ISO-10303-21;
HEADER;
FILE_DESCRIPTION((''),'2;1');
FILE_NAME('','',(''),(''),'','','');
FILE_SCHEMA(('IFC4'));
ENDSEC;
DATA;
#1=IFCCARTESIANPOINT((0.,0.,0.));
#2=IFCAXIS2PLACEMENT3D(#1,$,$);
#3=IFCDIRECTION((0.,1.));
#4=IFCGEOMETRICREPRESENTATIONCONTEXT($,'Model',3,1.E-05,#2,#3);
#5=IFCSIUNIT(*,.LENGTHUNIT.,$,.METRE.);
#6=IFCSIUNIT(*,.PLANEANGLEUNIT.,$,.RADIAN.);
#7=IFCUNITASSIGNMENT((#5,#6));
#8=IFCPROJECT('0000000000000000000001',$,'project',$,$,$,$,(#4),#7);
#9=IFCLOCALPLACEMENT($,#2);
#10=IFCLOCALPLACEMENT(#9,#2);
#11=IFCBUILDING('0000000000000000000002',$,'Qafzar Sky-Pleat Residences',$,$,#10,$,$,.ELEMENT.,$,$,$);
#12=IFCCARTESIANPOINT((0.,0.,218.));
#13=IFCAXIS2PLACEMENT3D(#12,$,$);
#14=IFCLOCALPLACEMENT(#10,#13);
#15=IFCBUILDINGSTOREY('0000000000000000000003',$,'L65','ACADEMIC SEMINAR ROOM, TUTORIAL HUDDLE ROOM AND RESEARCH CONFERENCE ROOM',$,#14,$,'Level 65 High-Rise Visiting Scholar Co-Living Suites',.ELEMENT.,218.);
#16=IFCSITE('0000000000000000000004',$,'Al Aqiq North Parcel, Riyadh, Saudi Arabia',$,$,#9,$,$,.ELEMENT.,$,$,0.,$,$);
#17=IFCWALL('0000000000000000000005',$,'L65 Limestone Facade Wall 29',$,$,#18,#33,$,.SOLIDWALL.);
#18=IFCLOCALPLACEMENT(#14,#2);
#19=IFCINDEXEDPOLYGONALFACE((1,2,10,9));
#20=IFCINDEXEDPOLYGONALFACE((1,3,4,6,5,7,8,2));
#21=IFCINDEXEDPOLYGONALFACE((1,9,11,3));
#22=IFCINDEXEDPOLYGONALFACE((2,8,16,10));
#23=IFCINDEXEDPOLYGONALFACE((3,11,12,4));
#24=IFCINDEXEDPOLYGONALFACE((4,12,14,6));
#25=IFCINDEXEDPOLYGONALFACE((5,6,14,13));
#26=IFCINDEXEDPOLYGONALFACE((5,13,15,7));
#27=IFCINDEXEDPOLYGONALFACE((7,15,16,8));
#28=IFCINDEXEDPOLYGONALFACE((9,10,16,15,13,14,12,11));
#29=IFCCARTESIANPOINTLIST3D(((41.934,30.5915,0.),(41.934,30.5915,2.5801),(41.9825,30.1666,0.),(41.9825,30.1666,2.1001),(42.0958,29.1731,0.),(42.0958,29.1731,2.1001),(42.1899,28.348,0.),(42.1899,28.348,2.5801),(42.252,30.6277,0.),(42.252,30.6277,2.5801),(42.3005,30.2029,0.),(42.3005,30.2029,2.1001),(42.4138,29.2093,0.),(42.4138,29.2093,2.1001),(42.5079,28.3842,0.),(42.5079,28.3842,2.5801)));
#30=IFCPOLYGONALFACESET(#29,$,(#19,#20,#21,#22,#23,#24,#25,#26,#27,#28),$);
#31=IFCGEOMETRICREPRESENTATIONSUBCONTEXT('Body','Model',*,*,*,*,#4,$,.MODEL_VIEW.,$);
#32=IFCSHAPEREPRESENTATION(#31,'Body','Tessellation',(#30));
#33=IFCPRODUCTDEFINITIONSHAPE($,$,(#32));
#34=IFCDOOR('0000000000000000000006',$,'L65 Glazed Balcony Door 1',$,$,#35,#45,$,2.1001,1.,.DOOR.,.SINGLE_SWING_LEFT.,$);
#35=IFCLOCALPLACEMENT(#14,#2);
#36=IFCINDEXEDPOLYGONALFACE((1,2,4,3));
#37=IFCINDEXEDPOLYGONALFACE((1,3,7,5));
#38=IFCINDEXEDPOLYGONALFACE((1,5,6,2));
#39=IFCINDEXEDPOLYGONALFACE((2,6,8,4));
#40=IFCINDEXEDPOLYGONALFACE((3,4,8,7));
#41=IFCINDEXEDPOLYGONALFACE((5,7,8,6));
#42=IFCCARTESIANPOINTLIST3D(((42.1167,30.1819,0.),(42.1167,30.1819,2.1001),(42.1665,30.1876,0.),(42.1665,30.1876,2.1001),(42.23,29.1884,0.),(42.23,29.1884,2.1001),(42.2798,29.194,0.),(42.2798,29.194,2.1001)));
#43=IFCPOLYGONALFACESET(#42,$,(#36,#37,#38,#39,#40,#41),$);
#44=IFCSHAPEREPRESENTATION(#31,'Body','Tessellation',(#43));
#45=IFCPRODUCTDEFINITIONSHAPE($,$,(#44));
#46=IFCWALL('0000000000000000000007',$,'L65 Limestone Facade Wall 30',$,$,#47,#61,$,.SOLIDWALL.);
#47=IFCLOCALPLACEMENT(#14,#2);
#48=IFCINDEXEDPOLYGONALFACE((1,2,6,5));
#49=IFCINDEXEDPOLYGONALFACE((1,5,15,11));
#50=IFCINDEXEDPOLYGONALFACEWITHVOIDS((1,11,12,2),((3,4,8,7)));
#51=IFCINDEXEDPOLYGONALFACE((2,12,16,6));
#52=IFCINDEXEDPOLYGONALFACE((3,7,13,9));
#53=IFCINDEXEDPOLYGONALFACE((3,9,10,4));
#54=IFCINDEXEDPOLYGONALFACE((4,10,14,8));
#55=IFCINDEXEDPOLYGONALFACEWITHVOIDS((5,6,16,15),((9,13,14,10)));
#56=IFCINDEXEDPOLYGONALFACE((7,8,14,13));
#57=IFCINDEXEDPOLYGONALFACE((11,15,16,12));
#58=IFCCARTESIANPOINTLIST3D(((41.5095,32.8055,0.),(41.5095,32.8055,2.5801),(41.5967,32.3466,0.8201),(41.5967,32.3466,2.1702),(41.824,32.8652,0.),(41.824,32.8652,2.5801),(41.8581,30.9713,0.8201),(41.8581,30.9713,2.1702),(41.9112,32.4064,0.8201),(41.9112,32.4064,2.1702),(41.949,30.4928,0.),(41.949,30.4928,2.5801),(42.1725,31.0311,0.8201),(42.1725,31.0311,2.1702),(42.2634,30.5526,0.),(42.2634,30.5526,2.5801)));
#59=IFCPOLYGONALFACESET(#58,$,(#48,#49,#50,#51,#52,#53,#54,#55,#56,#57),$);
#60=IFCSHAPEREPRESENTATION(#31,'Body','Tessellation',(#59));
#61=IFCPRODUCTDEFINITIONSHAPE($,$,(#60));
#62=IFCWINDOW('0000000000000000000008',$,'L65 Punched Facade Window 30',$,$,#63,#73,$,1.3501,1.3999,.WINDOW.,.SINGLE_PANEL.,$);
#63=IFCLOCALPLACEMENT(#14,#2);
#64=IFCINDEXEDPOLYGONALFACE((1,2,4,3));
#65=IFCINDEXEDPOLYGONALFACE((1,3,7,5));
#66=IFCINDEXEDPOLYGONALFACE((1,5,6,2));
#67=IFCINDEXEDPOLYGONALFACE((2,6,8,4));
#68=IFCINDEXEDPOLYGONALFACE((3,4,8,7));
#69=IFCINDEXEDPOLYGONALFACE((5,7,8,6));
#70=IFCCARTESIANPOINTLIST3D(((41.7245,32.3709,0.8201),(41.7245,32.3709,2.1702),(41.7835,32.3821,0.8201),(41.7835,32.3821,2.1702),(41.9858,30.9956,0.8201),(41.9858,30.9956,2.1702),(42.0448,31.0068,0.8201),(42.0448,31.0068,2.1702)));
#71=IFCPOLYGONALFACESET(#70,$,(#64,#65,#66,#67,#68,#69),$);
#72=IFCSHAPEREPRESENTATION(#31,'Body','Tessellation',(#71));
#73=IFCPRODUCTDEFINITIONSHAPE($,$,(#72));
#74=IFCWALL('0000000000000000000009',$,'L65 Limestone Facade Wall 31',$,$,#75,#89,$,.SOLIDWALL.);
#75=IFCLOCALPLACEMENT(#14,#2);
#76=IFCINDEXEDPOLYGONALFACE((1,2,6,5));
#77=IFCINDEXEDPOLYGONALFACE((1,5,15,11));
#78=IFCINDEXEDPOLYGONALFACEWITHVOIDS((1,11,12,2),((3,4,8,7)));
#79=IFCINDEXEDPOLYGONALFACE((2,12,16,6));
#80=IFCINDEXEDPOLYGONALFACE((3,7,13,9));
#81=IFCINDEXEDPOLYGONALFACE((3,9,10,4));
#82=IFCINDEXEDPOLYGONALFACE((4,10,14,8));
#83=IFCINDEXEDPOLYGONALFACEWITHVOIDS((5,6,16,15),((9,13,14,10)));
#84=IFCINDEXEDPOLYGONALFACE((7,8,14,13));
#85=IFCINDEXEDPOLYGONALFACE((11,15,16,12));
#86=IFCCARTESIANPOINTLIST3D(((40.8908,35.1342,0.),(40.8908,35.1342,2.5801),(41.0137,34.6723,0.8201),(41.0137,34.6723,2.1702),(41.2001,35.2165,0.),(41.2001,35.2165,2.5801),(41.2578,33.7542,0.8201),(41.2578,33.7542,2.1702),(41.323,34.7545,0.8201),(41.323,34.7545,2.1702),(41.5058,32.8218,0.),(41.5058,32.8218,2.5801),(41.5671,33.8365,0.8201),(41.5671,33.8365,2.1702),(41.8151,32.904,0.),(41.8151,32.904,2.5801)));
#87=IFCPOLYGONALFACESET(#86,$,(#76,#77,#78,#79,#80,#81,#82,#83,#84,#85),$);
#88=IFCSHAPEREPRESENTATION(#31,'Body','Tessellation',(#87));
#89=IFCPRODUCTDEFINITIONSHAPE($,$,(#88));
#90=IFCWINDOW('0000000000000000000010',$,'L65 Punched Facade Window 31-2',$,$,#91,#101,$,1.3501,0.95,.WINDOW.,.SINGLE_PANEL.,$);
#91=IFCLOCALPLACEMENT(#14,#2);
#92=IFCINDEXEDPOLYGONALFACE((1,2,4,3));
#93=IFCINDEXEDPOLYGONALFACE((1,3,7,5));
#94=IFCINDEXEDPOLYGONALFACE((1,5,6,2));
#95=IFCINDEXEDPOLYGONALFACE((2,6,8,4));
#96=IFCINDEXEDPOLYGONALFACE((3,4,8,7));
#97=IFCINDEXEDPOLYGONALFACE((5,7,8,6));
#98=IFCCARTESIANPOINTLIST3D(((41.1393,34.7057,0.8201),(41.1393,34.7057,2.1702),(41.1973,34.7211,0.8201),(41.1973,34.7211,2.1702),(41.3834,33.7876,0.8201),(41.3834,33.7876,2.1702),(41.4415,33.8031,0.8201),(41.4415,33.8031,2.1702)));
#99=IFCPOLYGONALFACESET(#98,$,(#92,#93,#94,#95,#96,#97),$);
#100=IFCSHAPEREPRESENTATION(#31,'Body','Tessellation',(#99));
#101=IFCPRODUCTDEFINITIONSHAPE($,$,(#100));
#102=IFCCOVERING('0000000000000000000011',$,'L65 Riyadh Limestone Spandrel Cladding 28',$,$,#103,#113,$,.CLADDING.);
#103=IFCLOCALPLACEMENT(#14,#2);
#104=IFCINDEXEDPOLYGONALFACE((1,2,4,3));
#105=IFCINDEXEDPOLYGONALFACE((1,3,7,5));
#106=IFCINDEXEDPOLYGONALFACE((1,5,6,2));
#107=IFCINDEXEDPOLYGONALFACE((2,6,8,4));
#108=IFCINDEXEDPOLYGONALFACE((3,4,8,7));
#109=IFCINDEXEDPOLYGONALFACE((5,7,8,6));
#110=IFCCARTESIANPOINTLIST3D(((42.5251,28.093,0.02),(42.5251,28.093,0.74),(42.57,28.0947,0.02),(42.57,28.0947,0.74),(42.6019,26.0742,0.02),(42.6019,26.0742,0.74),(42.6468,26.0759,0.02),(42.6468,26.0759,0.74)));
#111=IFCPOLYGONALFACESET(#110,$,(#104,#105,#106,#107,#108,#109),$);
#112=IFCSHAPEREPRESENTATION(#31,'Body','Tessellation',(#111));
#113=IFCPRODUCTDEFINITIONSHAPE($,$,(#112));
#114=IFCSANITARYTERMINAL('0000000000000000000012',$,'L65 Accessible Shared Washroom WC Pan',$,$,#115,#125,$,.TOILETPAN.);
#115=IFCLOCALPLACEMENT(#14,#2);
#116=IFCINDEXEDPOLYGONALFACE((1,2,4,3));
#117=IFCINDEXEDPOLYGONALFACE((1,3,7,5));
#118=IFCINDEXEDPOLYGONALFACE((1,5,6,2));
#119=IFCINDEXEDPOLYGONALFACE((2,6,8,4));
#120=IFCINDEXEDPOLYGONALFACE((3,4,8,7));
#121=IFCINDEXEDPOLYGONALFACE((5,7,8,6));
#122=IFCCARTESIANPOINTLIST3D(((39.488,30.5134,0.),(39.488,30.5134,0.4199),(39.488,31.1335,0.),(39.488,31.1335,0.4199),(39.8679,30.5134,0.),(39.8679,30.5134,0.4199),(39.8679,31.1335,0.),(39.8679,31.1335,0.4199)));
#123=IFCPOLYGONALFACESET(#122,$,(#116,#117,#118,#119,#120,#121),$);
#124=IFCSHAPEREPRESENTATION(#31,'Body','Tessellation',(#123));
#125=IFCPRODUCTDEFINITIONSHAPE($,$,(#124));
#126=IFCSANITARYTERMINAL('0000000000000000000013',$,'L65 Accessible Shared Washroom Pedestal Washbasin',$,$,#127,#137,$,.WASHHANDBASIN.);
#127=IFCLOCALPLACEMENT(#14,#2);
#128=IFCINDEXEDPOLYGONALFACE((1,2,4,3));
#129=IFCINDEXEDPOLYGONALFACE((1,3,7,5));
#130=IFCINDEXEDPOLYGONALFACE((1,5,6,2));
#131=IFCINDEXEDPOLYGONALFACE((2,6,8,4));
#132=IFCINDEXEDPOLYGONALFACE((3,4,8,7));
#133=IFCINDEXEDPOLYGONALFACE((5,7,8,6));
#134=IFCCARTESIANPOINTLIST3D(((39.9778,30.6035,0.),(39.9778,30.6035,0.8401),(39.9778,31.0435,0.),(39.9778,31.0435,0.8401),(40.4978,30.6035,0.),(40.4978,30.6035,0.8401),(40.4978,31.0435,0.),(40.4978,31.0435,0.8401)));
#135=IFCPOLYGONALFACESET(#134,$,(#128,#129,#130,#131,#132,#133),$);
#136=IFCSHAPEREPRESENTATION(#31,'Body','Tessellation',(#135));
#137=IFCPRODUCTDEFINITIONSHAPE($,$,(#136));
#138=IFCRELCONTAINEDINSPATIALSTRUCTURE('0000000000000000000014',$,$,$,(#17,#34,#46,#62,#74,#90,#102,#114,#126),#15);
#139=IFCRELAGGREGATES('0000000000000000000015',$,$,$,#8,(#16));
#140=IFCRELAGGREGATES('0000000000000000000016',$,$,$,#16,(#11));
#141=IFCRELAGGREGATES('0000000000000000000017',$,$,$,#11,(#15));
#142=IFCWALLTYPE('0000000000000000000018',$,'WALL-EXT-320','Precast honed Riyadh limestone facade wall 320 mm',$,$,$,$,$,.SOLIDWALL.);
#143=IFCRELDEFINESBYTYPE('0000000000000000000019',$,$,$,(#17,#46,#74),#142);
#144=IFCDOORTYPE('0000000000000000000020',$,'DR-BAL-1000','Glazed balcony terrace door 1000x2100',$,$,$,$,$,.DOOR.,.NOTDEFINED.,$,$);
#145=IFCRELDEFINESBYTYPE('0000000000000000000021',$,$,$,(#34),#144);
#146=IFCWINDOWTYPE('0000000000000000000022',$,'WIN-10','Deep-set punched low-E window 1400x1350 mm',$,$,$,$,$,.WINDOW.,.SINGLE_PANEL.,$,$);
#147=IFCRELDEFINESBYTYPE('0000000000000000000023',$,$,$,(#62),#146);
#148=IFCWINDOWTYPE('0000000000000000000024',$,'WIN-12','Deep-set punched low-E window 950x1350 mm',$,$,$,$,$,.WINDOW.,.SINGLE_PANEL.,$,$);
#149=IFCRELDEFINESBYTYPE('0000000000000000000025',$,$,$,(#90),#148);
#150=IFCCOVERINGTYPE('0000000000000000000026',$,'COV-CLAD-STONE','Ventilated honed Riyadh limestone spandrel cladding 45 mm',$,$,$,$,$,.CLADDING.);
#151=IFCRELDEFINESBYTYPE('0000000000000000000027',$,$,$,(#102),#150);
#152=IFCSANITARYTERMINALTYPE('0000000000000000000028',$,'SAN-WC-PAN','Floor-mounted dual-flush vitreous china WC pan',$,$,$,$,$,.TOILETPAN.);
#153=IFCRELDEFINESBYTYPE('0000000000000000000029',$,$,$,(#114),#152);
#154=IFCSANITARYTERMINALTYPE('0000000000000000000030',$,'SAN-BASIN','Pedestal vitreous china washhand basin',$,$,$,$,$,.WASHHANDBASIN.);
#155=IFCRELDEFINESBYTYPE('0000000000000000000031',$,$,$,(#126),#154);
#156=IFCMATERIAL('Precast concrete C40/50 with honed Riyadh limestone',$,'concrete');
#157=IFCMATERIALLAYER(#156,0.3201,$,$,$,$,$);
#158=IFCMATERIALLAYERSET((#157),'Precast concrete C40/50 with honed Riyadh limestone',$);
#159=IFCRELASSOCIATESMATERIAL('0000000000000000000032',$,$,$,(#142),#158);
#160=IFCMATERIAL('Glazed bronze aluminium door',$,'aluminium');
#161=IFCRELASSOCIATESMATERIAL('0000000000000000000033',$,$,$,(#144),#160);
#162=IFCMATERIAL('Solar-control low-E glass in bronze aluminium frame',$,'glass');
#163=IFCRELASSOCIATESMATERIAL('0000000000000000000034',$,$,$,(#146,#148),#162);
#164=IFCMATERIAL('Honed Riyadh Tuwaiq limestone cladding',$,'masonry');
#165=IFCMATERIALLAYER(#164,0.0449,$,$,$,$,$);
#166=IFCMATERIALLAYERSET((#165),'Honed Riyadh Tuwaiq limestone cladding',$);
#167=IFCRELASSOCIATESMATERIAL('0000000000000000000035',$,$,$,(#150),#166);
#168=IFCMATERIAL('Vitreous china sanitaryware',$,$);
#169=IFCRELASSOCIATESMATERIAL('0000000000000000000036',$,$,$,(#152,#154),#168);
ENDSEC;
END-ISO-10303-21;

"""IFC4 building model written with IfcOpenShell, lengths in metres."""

from ifc_helpers import new_model, si_unit, direction, frame, frame_2d, origin, origin_2d, place, context, subcontext, project, spatial, rectangle, extrude, source, transform, mapped, material, layer, layer_set, type_object, element, fill, save


model = new_model("IFC4")

# Units and contexts
model_context = context("Model", 3, precision=1e-05, world=origin(), true_north=direction((0.0, 1.0)))
body_context = subcontext(model_context, "Body", "Model", "MODEL_VIEW")
ifc_project = project(units=[si_unit("LENGTHUNIT", "METRE"), si_unit("PLANEANGLEUNIT", "RADIAN")], contexts=[model_context])

# Site, building, storey
site_placement = place(None, origin())
site = spatial("IfcSite", under=ifc_project, at=site_placement, Name="Al Aqiq North Parcel, Riyadh, Saudi Arabia", CompositionType="ELEMENT", RefElevation=0.0)
building_placement = place(site_placement, origin())
building = spatial("IfcBuilding", under=site, at=building_placement, Name="Qafzar Sky-Pleat Residences", CompositionType="ELEMENT")
storey_placement = place(building_placement, frame((0.0, 0.0, 218.0)))
storey = spatial("IfcBuildingStorey", under=building, at=storey_placement, Name="L65", Description="ACADEMIC SEMINAR ROOM, TUTORIAL HUDDLE ROOM AND RESEARCH CONFERENCE ROOM", LongName="Level 65 High-Rise Visiting Scholar Co-Living Suites", CompositionType="ELEMENT", Elevation=218.0)

# Wall, opening, door
ifc_material_1 = material(Name="Precast concrete C40/50 with honed Riyadh limestone", Category="concrete")
ifc_layer_1 = layer(ifc_material_1, 0.3201)
ifc_layer_set_1 = layer_set([ifc_layer_1], Name="Precast concrete C40/50 with honed Riyadh limestone")
wall_type_1 = type_object("IfcWallType", Name="WALL-EXT-320", Description="Precast honed Riyadh limestone facade wall 320 mm", PredefinedType="SOLIDWALL", material=ifc_layer_set_1)
wall_1_placement = place(storey_placement, frame((42.3489, 28.3662, 0.0), z_axis=(0.0, 0.0, 1.0), x_axis=(-0.113315, 0.993559, 0.0)))
wall_1 = element("IfcWall", 1, at=wall_1_placement, inside=storey, type_object=wall_type_1, Name="L65 Limestone Facade Wall 29", PredefinedType="SOLIDWALL", context=body_context, shape_type="SweptSolid", body=[
    extrude(rectangle(XDim=2.2581, YDim=0.3201, at=frame_2d((1.1289, 0.0))), origin(), (0.0, 0.0, 1.0), 2.5801),
])
opening_1_placement = place(wall_1_placement, frame((0.8303, 0.0, 0.0)))
opening_1 = element("IfcOpeningElement", 2, at=opening_1_placement, cuts=wall_1, PredefinedType="OPENING", context=body_context, shape_type="SweptSolid", body=[
    extrude(rectangle(XDim=1.0, YDim=2.1001, at=frame_2d((0.5, 1.05))), frame((0.0, 0.1699, 0.0), z_axis=(0.0, -1.0, 0.0), x_axis=(1.0, 0.0, 0.0)), (0.0, 0.0, 1.0), 0.3401),
])
ifc_material_2 = material(Name="Glazed bronze aluminium door", Category="aluminium")
door_type = type_object("IfcDoorType", Name="DR-BAL-1000", Description="Glazed balcony terrace door 1000x2100", OperationType="NOTDEFINED", PredefinedType="DOOR", material=ifc_material_2)
shared_shape_1 = source(origin(), body_context, "Body", "SweptSolid", [
    extrude(rectangle(XDim=1.0, YDim=2.1001, at=frame_2d((0.5, 1.05))), frame((0.0, 0.0249, 0.0), z_axis=(0.0, -1.0, 0.0), x_axis=(1.0, 0.0, 0.0)), (0.0, 0.0, 1.0), 0.05),
])
door_placement = place(opening_1_placement, origin())
door = element("IfcDoor", 3, at=door_placement, inside=storey, type_object=door_type, Name="L65 Glazed Balcony Door 1", OperationType="SINGLE_SWING_LEFT", OverallHeight=2.1001, OverallWidth=1.0, PredefinedType="DOOR", context=body_context, shape_type="MappedRepresentation", body=[
    mapped(shared_shape_1, transform((0.0, 0.0, 0.0), x_axis=(1.0, 0.0, 0.0), y_axis=(0.0, 1.0, 0.0), z_axis=(0.0, 0.0, 1.0), scale=1.0)),
])
fill(opening_1, door)

# Walls, openings, windows
wall_2_placement = place(storey_placement, frame((42.1062, 30.5227, 0.0), z_axis=(0.0, 0.0, 1.0), x_axis=(-0.186674, 0.982422, 0.0)))
wall_2 = element("IfcWall", 4, at=wall_2_placement, inside=storey, type_object=wall_type_1, Name="L65 Limestone Facade Wall 30", PredefinedType="SOLIDWALL", context=body_context, shape_type="SweptSolid", body=[
    extrude(rectangle(XDim=2.354, YDim=0.3201, at=frame_2d((1.177, 0.0))), origin(), (0.0, 0.0, 1.0), 2.5801),
])
opening_2_placement = place(wall_2_placement, frame((0.4871, 0.0, 0.8201)))
opening_2 = element("IfcOpeningElement", 5, at=opening_2_placement, cuts=wall_2, PredefinedType="OPENING", context=body_context, shape_type="SweptSolid", body=[
    extrude(rectangle(XDim=1.3999, YDim=1.3501, at=frame_2d((0.7, 0.675))), frame((0.0, 0.1699, 0.0), z_axis=(0.0, -1.0, 0.0), x_axis=(1.0, 0.0, 0.0)), (0.0, 0.0, 1.0), 0.3401),
])
ifc_material_3 = material(Name="Solar-control low-E glass in bronze aluminium frame", Category="glass")
window_type_1 = type_object("IfcWindowType", Name="WIN-10", Description="Deep-set punched low-E window 1400x1350 mm", PartitioningType="SINGLE_PANEL", PredefinedType="WINDOW", material=ifc_material_3)
shared_shape_2 = source(origin(), body_context, "Body", "SweptSolid", [
    extrude(rectangle(XDim=1.3999, YDim=1.3501, at=frame_2d((0.7, 0.675))), frame((0.0, 0.03, 0.0), z_axis=(0.0, -1.0, 0.0), x_axis=(1.0, 0.0, 0.0)), (0.0, 0.0, 1.0), 0.0601),
])
window_1_placement = place(opening_2_placement, origin())
window_1 = element("IfcWindow", 6, at=window_1_placement, inside=storey, type_object=window_type_1, Name="L65 Punched Facade Window 30", OverallHeight=1.3501, OverallWidth=1.3999, PartitioningType="SINGLE_PANEL", PredefinedType="WINDOW", context=body_context, shape_type="MappedRepresentation", body=[
    mapped(shared_shape_2, transform((0.0, 0.0, 0.0), x_axis=(1.0, 0.0, 0.0), y_axis=(0.0, 1.0, 0.0), z_axis=(0.0, 0.0, 1.0), scale=1.0)),
])
fill(opening_2, window_1)
wall_3_placement = place(storey_placement, frame((41.6604, 32.863, 0.0), z_axis=(0.0, 0.0, 1.0), x_axis=(-0.257009, 0.966409, 0.0)))
wall_3 = element("IfcWall", 7, at=wall_3_placement, inside=storey, type_object=wall_type_1, Name="L65 Limestone Facade Wall 31", PredefinedType="SOLIDWALL", context=body_context, shape_type="SweptSolid", body=[
    extrude(rectangle(XDim=2.3928, YDim=0.3201, at=frame_2d((1.1963, 0.0))), origin(), (0.0, 0.0, 1.0), 2.5801),
])
opening_3_placement = place(wall_3_placement, frame((0.9646, 0.0, 0.8201)))
opening_3 = element("IfcOpeningElement", 8, at=opening_3_placement, cuts=wall_3, PredefinedType="OPENING", context=body_context, shape_type="SweptSolid", body=[
    extrude(rectangle(XDim=0.95, YDim=1.3501, at=frame_2d((0.4751, 0.675))), frame((0.0, 0.1699, 0.0), z_axis=(0.0, -1.0, 0.0), x_axis=(1.0, 0.0, 0.0)), (0.0, 0.0, 1.0), 0.3401),
])
window_type_2 = type_object("IfcWindowType", Name="WIN-12", Description="Deep-set punched low-E window 950x1350 mm", PartitioningType="SINGLE_PANEL", PredefinedType="WINDOW", material=ifc_material_3)
shared_shape_3 = source(origin(), body_context, "Body", "SweptSolid", [
    extrude(rectangle(XDim=0.95, YDim=1.3501, at=frame_2d((0.4751, 0.675))), frame((0.0, 0.03, 0.0), z_axis=(0.0, -1.0, 0.0), x_axis=(1.0, 0.0, 0.0)), (0.0, 0.0, 1.0), 0.0601),
])
window_2_placement = place(opening_3_placement, origin())
window_2 = element("IfcWindow", 9, at=window_2_placement, inside=storey, type_object=window_type_2, Name="L65 Punched Facade Window 31-2", OverallHeight=1.3501, OverallWidth=0.95, PartitioningType="SINGLE_PANEL", PredefinedType="WINDOW", context=body_context, shape_type="MappedRepresentation", body=[
    mapped(shared_shape_3, transform((0.0, 0.0, 0.0), x_axis=(1.0, 0.0, 0.0), y_axis=(0.0, 1.0, 0.0), z_axis=(0.0, 0.0, 1.0), scale=1.0)),
])
fill(opening_3, window_2)

# Covering
ifc_material_4 = material(Name="Honed Riyadh Tuwaiq limestone cladding", Category="masonry")
ifc_layer_2 = layer(ifc_material_4, 0.0449)
ifc_layer_set_2 = layer_set([ifc_layer_2], Name="Honed Riyadh Tuwaiq limestone cladding")
covering_type = type_object("IfcCoveringType", Name="COV-CLAD-STONE", Description="Ventilated honed Riyadh limestone spandrel cladding 45 mm", PredefinedType="CLADDING", material=ifc_layer_set_2)
shared_shape_4 = source(origin(), body_context, "Body", "SweptSolid", [
    extrude(rectangle(XDim=2.0203, YDim=0.0449, at=origin_2d()), origin(), (0.0, 0.0, 1.0), 0.72),
])
covering_placement = place(storey_placement, frame((42.5859, 27.0845, 0.02), z_axis=(0.0, 0.0, 1.0), x_axis=(-0.038002, 0.999278, 0.0)))
element("IfcCovering", 10, at=covering_placement, inside=storey, type_object=covering_type, Name="L65 Riyadh Limestone Spandrel Cladding 28", PredefinedType="CLADDING", context=body_context, shape_type="MappedRepresentation", body=[
    mapped(shared_shape_4, transform((0.0, 0.0, 0.0), x_axis=(1.0, 0.0, 0.0), y_axis=(0.0, 1.0, 0.0), z_axis=(0.0, 0.0, 1.0), scale=1.0)),
])

# Sanitary terminals
ifc_material_5 = material(Name="Vitreous china sanitaryware")
sanitary_terminal_type_1 = type_object("IfcSanitaryTerminalType", Name="SAN-WC-PAN", Description="Floor-mounted dual-flush vitreous china WC pan", PredefinedType="TOILETPAN", material=ifc_material_5)
shared_shape_5 = source(origin(), body_context, "Body", "SweptSolid", [
    extrude(rectangle(XDim=0.3799, YDim=0.6201, at=origin_2d()), origin(), (0.0, 0.0, 1.0), 0.4199),
])
sanitary_terminal_1_placement = place(storey_placement, frame((39.678, 30.8235, 0.0), z_axis=(0.0, 0.0, 1.0), x_axis=(1.0, 0.0, 0.0)))
element("IfcSanitaryTerminal", 11, at=sanitary_terminal_1_placement, inside=storey, type_object=sanitary_terminal_type_1, Name="L65 Accessible Shared Washroom WC Pan", PredefinedType="TOILETPAN", context=body_context, shape_type="MappedRepresentation", body=[
    mapped(shared_shape_5, transform((0.0, 0.0, 0.0), x_axis=(1.0, 0.0, 0.0), y_axis=(0.0, 1.0, 0.0), z_axis=(0.0, 0.0, 1.0), scale=1.0)),
])
sanitary_terminal_type_2 = type_object("IfcSanitaryTerminalType", Name="SAN-BASIN", Description="Pedestal vitreous china washhand basin", PredefinedType="WASHHANDBASIN", material=ifc_material_5)
shared_shape_6 = source(origin(), body_context, "Body", "SweptSolid", [
    extrude(rectangle(XDim=0.52, YDim=0.4399, at=origin_2d()), origin(), (0.0, 0.0, 1.0), 0.8401),
])
sanitary_terminal_2_placement = place(storey_placement, frame((40.2378, 30.8235, 0.0), z_axis=(0.0, 0.0, 1.0), x_axis=(1.0, 0.0, 0.0)))
element("IfcSanitaryTerminal", 12, at=sanitary_terminal_2_placement, inside=storey, type_object=sanitary_terminal_type_2, Name="L65 Accessible Shared Washroom Pedestal Washbasin", PredefinedType="WASHHANDBASIN", context=body_context, shape_type="MappedRepresentation", body=[
    mapped(shared_shape_6, transform((0.0, 0.0, 0.0), x_axis=(1.0, 0.0, 0.0), y_axis=(0.0, 1.0, 0.0), z_axis=(0.0, 0.0, 1.0), scale=1.0)),
])

save(model, "model.ifc")
